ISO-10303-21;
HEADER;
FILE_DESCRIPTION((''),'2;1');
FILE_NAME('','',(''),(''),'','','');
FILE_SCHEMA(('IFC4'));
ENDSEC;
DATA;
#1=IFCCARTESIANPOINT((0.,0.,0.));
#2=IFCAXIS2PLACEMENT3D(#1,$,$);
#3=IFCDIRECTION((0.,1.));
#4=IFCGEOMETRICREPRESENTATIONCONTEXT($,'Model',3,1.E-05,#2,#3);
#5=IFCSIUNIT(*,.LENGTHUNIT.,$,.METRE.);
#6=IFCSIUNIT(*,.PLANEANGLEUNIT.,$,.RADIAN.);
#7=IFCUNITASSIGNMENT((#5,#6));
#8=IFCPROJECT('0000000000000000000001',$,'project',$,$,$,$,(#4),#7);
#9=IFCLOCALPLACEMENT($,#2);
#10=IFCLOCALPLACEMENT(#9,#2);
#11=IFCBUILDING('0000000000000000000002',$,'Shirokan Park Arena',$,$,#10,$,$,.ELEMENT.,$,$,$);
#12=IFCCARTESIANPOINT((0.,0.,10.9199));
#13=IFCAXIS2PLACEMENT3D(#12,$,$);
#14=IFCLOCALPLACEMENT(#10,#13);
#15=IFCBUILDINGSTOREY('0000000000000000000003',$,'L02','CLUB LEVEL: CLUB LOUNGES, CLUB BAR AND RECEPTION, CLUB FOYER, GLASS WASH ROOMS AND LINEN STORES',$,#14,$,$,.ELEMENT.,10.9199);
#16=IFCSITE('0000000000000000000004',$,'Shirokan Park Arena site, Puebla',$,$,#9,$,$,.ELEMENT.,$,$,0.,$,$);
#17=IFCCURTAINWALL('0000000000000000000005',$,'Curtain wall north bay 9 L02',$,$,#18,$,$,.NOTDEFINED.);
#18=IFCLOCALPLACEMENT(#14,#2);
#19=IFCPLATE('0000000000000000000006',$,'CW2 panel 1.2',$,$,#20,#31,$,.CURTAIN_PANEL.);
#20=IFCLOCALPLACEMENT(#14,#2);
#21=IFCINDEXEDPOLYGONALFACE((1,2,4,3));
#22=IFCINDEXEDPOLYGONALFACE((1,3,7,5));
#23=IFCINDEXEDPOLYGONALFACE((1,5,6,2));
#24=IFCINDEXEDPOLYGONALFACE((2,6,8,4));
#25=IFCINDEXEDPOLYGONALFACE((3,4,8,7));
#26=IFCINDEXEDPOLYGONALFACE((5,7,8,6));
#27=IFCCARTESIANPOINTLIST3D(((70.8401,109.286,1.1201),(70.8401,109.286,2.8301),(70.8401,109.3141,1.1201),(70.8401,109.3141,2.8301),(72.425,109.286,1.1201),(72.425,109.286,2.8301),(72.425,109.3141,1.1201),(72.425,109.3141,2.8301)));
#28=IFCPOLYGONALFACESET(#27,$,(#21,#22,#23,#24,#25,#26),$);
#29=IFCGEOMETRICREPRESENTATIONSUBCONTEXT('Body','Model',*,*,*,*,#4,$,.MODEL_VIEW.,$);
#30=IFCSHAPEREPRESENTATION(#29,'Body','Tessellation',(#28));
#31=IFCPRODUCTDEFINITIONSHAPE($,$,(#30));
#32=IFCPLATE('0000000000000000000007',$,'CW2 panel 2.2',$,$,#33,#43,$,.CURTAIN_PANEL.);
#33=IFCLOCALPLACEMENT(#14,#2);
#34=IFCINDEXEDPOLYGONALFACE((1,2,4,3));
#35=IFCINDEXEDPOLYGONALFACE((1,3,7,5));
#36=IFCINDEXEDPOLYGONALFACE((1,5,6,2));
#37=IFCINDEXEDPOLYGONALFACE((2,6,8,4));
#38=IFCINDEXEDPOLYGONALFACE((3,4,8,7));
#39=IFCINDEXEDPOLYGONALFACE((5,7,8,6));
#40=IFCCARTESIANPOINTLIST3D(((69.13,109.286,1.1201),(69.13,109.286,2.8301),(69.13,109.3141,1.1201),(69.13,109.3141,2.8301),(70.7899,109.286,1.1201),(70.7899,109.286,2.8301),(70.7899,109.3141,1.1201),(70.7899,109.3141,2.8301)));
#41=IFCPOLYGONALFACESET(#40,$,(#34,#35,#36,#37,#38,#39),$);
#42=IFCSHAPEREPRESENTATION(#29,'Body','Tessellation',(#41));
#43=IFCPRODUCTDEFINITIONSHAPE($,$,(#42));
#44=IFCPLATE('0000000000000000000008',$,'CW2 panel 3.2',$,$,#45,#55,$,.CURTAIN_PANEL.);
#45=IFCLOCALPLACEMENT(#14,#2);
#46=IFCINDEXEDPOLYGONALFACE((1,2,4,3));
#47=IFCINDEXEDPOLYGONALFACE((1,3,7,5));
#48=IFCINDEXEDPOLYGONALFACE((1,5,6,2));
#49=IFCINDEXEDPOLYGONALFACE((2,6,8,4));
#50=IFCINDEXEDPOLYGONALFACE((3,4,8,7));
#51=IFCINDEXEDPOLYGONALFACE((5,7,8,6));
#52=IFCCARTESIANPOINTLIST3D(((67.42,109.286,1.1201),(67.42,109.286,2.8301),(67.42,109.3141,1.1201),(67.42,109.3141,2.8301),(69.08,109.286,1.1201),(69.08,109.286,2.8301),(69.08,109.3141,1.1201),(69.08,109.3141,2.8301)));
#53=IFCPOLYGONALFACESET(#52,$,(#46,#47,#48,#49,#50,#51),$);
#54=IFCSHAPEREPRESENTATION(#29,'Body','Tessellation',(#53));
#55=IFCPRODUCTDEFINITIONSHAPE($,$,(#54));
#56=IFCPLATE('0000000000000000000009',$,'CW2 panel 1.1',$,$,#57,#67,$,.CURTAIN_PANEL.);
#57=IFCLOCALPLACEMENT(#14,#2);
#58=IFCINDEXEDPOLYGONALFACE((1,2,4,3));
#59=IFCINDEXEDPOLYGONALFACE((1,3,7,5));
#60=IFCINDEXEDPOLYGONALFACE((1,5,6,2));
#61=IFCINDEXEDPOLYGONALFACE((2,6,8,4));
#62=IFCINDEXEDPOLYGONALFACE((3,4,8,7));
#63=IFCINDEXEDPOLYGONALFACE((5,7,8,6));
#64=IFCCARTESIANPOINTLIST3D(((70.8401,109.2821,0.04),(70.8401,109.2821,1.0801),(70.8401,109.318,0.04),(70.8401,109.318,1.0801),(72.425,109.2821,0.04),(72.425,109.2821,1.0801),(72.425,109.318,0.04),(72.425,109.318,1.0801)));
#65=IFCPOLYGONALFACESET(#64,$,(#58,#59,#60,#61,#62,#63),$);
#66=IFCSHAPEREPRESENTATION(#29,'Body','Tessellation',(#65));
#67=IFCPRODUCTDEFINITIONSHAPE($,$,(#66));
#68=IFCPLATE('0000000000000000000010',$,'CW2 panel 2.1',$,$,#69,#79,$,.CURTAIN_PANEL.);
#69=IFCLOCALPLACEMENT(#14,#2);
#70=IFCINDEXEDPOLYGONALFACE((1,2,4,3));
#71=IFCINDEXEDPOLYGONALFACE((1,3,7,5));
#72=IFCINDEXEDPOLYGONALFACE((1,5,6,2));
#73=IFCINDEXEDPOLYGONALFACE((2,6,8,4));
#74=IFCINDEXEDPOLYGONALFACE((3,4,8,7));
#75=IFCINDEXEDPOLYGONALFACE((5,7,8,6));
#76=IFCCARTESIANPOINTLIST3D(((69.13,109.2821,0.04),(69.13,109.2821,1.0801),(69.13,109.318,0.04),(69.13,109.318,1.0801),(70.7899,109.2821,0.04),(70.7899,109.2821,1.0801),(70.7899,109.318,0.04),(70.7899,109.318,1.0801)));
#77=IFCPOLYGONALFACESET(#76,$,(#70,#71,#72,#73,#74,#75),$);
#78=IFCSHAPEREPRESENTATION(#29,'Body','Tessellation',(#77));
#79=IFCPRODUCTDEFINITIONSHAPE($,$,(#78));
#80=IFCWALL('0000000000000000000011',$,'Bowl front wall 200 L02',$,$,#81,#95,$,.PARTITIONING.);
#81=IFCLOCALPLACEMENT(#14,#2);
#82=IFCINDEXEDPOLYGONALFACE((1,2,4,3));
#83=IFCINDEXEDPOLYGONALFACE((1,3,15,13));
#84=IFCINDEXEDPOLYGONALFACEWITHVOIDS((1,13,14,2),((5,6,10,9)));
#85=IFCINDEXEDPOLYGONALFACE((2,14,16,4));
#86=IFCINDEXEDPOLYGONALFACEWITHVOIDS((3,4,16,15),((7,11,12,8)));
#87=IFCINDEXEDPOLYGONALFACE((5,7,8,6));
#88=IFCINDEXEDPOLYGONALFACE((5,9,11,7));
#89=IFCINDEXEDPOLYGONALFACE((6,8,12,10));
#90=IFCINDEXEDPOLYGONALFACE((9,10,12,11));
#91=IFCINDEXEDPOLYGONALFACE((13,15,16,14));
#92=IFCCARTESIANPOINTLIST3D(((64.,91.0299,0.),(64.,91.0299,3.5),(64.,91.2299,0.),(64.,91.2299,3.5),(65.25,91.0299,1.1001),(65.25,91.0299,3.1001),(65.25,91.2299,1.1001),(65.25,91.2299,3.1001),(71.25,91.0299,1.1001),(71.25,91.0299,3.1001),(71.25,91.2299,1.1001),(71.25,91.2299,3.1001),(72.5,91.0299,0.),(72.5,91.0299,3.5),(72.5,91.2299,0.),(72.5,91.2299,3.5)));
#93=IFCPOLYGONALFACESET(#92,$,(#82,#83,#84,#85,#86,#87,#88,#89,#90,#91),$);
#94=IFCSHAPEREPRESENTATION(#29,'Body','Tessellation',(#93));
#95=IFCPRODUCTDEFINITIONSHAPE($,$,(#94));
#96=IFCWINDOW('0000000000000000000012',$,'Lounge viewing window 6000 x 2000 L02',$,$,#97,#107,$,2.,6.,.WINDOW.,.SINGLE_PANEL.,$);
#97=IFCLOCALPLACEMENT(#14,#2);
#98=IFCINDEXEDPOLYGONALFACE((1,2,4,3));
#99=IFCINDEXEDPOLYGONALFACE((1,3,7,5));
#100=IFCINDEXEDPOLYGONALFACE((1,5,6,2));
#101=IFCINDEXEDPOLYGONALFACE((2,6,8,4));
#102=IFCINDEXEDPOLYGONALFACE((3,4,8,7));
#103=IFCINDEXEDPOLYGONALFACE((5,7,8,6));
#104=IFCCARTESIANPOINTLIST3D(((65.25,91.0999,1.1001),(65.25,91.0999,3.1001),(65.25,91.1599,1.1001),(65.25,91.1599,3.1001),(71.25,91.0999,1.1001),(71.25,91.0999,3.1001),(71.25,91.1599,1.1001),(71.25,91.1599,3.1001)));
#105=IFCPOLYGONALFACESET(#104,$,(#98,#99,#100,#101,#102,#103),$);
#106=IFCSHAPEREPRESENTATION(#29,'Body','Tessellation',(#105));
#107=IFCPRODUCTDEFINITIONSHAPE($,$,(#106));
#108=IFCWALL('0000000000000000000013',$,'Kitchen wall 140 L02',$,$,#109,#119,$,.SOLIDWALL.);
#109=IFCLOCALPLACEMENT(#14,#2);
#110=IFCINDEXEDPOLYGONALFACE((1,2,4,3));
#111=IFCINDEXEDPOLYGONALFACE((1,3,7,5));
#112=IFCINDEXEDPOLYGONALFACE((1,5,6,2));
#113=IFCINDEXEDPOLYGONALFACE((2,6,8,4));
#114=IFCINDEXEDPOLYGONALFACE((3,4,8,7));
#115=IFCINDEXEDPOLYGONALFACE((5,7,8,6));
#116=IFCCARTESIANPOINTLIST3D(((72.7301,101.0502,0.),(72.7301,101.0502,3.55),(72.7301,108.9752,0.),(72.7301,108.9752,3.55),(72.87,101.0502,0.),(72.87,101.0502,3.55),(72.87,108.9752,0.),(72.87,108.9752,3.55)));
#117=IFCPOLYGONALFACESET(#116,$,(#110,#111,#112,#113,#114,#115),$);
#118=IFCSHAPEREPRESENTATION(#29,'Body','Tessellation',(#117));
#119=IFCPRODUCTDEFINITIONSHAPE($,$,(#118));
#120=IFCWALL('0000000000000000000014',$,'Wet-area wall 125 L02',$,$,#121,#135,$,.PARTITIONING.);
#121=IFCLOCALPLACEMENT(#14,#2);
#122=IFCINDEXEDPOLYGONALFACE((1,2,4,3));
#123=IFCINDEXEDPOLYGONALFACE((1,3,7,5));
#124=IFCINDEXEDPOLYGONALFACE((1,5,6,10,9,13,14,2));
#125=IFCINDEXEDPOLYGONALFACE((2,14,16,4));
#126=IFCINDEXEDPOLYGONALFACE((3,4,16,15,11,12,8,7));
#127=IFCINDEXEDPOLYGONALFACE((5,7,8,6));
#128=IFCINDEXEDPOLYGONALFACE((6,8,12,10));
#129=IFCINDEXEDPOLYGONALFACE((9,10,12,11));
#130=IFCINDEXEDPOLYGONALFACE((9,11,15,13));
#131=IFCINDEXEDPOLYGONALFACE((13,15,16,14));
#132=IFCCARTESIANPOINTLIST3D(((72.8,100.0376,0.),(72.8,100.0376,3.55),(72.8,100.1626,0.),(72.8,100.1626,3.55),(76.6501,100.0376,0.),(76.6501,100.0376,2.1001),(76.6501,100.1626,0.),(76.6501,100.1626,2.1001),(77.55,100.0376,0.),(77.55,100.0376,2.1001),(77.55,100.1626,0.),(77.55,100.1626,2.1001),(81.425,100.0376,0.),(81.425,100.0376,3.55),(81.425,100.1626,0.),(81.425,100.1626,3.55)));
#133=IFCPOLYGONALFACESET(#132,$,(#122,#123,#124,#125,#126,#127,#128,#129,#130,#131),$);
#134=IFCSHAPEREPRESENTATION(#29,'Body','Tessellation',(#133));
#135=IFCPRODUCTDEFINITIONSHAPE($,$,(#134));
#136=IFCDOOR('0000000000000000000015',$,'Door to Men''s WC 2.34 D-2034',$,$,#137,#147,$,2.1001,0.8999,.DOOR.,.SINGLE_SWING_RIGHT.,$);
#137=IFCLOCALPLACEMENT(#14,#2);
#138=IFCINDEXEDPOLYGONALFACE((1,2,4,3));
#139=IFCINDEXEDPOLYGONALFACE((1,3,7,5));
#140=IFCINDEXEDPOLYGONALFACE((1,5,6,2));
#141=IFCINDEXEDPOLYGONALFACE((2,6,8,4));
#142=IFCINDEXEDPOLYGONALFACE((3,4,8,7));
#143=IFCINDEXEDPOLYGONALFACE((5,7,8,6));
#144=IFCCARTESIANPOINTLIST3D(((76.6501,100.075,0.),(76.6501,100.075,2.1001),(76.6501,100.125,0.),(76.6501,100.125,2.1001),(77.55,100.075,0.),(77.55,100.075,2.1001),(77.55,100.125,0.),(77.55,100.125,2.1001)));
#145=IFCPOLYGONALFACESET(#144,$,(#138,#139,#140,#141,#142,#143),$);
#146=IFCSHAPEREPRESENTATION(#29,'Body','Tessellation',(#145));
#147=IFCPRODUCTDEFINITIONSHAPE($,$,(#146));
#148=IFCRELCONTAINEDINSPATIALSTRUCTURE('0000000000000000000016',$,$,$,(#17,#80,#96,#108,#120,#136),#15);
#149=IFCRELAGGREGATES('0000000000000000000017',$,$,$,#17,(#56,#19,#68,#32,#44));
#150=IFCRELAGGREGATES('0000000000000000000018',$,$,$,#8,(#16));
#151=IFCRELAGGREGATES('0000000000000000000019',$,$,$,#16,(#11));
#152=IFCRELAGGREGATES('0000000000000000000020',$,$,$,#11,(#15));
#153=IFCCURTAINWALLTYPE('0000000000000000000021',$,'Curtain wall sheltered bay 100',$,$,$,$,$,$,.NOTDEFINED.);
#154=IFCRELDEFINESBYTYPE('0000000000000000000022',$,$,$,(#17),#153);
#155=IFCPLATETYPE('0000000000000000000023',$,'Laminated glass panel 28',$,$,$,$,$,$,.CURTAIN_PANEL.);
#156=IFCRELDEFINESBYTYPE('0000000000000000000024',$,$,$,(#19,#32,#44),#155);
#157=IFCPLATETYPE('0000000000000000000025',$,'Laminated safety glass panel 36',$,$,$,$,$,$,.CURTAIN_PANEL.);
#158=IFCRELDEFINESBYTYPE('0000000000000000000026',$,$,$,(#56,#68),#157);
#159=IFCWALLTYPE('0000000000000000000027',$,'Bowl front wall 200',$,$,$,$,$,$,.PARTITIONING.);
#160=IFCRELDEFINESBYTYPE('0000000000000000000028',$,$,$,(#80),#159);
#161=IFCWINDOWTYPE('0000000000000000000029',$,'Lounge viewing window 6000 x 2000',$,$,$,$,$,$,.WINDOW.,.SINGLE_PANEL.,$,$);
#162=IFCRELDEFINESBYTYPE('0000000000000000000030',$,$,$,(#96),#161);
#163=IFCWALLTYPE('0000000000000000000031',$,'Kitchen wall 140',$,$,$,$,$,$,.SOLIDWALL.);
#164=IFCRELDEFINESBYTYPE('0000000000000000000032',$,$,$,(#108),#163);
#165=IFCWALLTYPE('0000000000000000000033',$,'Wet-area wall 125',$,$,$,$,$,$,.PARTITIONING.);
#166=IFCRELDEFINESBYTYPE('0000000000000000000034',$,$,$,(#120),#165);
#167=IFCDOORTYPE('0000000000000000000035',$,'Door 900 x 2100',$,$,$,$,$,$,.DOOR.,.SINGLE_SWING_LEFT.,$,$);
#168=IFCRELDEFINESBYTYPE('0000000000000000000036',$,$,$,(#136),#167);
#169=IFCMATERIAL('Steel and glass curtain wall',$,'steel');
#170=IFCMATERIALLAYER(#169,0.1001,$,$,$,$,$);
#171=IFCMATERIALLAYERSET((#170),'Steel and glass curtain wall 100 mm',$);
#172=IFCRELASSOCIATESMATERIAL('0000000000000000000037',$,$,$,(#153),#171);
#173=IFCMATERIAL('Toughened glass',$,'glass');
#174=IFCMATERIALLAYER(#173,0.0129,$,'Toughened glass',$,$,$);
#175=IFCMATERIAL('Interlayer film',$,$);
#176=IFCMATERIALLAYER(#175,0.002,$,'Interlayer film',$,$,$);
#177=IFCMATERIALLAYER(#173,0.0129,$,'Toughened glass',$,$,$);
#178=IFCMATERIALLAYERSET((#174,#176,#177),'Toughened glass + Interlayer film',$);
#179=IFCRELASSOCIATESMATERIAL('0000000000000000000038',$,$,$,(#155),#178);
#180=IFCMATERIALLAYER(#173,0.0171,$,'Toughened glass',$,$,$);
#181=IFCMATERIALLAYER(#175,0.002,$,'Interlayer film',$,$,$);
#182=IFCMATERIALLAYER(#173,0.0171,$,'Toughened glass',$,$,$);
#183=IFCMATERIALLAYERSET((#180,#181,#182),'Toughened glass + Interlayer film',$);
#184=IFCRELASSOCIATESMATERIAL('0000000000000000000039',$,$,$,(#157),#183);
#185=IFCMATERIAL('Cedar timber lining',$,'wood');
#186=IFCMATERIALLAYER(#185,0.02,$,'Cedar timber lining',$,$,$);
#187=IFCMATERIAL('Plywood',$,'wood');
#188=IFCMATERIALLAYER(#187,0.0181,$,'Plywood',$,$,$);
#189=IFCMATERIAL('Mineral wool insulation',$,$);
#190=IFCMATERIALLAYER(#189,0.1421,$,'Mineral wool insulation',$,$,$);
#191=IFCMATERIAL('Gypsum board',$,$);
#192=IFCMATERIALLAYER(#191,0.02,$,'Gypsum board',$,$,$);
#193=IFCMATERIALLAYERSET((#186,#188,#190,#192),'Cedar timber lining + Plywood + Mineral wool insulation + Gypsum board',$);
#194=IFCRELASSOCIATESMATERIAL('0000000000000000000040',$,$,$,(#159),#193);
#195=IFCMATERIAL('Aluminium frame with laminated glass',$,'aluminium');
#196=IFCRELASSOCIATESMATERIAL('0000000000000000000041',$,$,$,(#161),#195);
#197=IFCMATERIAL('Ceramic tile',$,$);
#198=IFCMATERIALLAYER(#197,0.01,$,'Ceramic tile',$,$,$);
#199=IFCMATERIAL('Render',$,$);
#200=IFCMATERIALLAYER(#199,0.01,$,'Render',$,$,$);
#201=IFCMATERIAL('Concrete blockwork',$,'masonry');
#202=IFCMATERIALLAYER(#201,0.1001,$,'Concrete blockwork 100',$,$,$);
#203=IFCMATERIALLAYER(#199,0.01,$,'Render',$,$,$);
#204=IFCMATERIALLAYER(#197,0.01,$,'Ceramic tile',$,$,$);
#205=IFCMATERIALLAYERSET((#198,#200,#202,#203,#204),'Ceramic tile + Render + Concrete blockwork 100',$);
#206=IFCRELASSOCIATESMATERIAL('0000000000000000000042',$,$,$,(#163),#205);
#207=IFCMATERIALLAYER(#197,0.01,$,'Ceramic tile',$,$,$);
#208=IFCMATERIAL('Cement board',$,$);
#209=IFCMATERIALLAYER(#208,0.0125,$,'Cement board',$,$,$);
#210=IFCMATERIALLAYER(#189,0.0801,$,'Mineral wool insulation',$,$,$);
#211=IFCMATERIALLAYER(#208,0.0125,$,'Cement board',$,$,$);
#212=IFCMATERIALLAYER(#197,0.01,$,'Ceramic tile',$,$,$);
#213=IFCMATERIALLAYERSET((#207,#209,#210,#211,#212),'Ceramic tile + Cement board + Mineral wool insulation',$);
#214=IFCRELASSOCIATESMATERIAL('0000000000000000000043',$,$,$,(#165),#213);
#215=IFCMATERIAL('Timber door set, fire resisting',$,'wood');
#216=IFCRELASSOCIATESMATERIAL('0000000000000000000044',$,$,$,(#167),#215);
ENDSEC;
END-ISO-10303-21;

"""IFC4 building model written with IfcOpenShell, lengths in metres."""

from ifc_helpers import new_model, si_unit, direction, frame, frame_2d, origin, origin_2d, place, context, subcontext, project, spatial, rectangle, extrude, material, layer, layer_set, type_object, element, fill, aggregate, save


model = new_model("IFC4")

# Units and contexts
model_context = context("Model", 3, precision=1e-05, world=origin(), true_north=direction((0.0, 1.0)))
body_context = subcontext(model_context, "Body", "Model", "MODEL_VIEW")
ifc_project = project(units=[si_unit("LENGTHUNIT", "METRE"), si_unit("PLANEANGLEUNIT", "RADIAN")], contexts=[model_context])

# Site, building, storey
site_placement = place(None, origin())
site = spatial("IfcSite", under=ifc_project, at=site_placement, Name="Shirokan Park Arena site, Puebla", CompositionType="ELEMENT", RefElevation=0.0)
building_placement = place(site_placement, origin())
building = spatial("IfcBuilding", under=site, at=building_placement, Name="Shirokan Park Arena", CompositionType="ELEMENT")
storey_placement = place(building_placement, frame((0.0, 0.0, 10.9199)))
storey = spatial("IfcBuildingStorey", under=building, at=storey_placement, Name="L02", Description="CLUB LEVEL: CLUB LOUNGES, CLUB BAR AND RECEPTION, CLUB FOYER, GLASS WASH ROOMS AND LINEN STORES", CompositionType="ELEMENT", Elevation=10.9199)

# Curtain wall
ifc_material_1 = material(Name="Steel and glass curtain wall", Category="steel")
ifc_layer_1 = layer(ifc_material_1, 0.1001)
ifc_layer_set_1 = layer_set([ifc_layer_1], Name="Steel and glass curtain wall 100 mm")
curtain_wall_type = type_object("IfcCurtainWallType", Name="Curtain wall sheltered bay 100", PredefinedType="NOTDEFINED", material=ifc_layer_set_1)
curtain_wall_placement = place(storey_placement, origin())
curtain_wall = element("IfcCurtainWall", 1, at=curtain_wall_placement, inside=storey, type_object=curtain_wall_type, Name="Curtain wall north bay 9 L02", PredefinedType="NOTDEFINED")

# Plates
ifc_material_2 = material(Name="Mineral wool insulation")
ifc_material_3 = material(Name="Toughened glass", Category="glass")
ifc_layer_2 = layer(ifc_material_3, 0.0129, Name="Toughened glass")
ifc_material_4 = material(Name="Interlayer film")
ifc_layer_3 = layer(ifc_material_4, 0.002, Name="Interlayer film")
ifc_layer_4 = layer(ifc_material_3, 0.0129, Name="Toughened glass")
ifc_layer_set_2 = layer_set([ifc_layer_2, ifc_layer_3, ifc_layer_4], Name="Toughened glass + Interlayer film")
plate_type_1 = type_object("IfcPlateType", Name="Laminated glass panel 28", PredefinedType="CURTAIN_PANEL", material=ifc_layer_set_2)
plate_1_placement = place(storey_placement, frame((71.6326, 109.3, 1.1201), z_axis=(0.0, 0.0, 1.0), x_axis=(-1.0, 0.0, 0.0)))
plate_1 = element("IfcPlate", 2, at=plate_1_placement, type_object=plate_type_1, Name="CW2 panel 1.2", PredefinedType="CURTAIN_PANEL", context=body_context, shape_type="SweptSolid", body=[
    extrude(rectangle(XDim=1.585, YDim=0.0281, at=origin_2d()), origin(), (0.0, 0.0, 1.0), 1.71),
])
plate_2_placement = place(storey_placement, frame((69.96, 109.3, 1.1201), z_axis=(0.0, 0.0, 1.0), x_axis=(-1.0, 0.0, 0.0)))
plate_2 = element("IfcPlate", 3, at=plate_2_placement, type_object=plate_type_1, Name="CW2 panel 2.2", PredefinedType="CURTAIN_PANEL", context=body_context, shape_type="SweptSolid", body=[
    extrude(rectangle(XDim=1.6599, YDim=0.0281, at=origin_2d()), origin(), (0.0, 0.0, 1.0), 1.71),
])
plate_3_placement = place(storey_placement, frame((68.25, 109.3, 1.1201), z_axis=(0.0, 0.0, 1.0), x_axis=(-1.0, 0.0, 0.0)))
plate_3 = element("IfcPlate", 4, at=plate_3_placement, type_object=plate_type_1, Name="CW2 panel 3.2", PredefinedType="CURTAIN_PANEL", context=body_context, shape_type="SweptSolid", body=[
    extrude(rectangle(XDim=1.6599, YDim=0.0281, at=origin_2d()), origin(), (0.0, 0.0, 1.0), 1.71),
])
ifc_layer_5 = layer(ifc_material_3, 0.0171, Name="Toughened glass")
ifc_layer_6 = layer(ifc_material_4, 0.002, Name="Interlayer film")
ifc_layer_7 = layer(ifc_material_3, 0.0171, Name="Toughened glass")
ifc_layer_set_3 = layer_set([ifc_layer_5, ifc_layer_6, ifc_layer_7], Name="Toughened glass + Interlayer film")
plate_type_2 = type_object("IfcPlateType", Name="Laminated safety glass panel 36", PredefinedType="CURTAIN_PANEL", material=ifc_layer_set_3)
plate_4_placement = place(storey_placement, frame((71.6326, 109.3, 0.04), z_axis=(0.0, 0.0, 1.0), x_axis=(-1.0, 0.0, 0.0)))
plate_4 = element("IfcPlate", 5, at=plate_4_placement, type_object=plate_type_2, Name="CW2 panel 1.1", PredefinedType="CURTAIN_PANEL", context=body_context, shape_type="SweptSolid", body=[
    extrude(rectangle(XDim=1.585, YDim=0.0359, at=origin_2d()), origin(), (0.0, 0.0, 1.0), 1.04),
])
plate_5_placement = place(storey_placement, frame((69.96, 109.3, 0.04), z_axis=(0.0, 0.0, 1.0), x_axis=(-1.0, 0.0, 0.0)))
plate_5 = element("IfcPlate", 6, at=plate_5_placement, type_object=plate_type_2, Name="CW2 panel 2.1", PredefinedType="CURTAIN_PANEL", context=body_context, shape_type="SweptSolid", body=[
    extrude(rectangle(XDim=1.6599, YDim=0.0359, at=origin_2d()), origin(), (0.0, 0.0, 1.0), 1.04),
])
aggregate(curtain_wall, [plate_4, plate_1, plate_5, plate_2, plate_3])

# Wall, opening, window
ifc_material_5 = material(Name="Cedar timber lining", Category="wood")
ifc_layer_8 = layer(ifc_material_5, 0.02, Name="Cedar timber lining")
ifc_material_6 = material(Name="Plywood", Category="wood")
ifc_layer_9 = layer(ifc_material_6, 0.0181, Name="Plywood")
ifc_layer_10 = layer(ifc_material_2, 0.1421, Name="Mineral wool insulation")
ifc_material_7 = material(Name="Gypsum board")
ifc_layer_11 = layer(ifc_material_7, 0.02, Name="Gypsum board")
ifc_layer_set_4 = layer_set([ifc_layer_8, ifc_layer_9, ifc_layer_10, ifc_layer_11], Name="Cedar timber lining + Plywood + Mineral wool insulation + Gypsum board")
wall_type_1 = type_object("IfcWallType", Name="Bowl front wall 200", PredefinedType="PARTITIONING", material=ifc_layer_set_4)
wall_1_placement = place(storey_placement, frame((72.5, 91.1299, 0.0), z_axis=(0.0, 0.0, 1.0), x_axis=(-1.0, 0.0, 0.0)))
wall_1 = element("IfcWall", 7, at=wall_1_placement, inside=storey, type_object=wall_type_1, Name="Bowl front wall 200 L02", PredefinedType="PARTITIONING", context=body_context, shape_type="SweptSolid", body=[
    extrude(rectangle(XDim=8.5, YDim=0.2, at=frame_2d((4.25, 0.0))), origin(), (0.0, 0.0, 1.0), 3.5),
])
opening_1_placement = place(wall_1_placement, frame((1.25, 0.0, 1.1001)))
opening_1 = element("IfcOpeningElement", 8, at=opening_1_placement, cuts=wall_1, PredefinedType="OPENING", context=body_context, shape_type="SweptSolid", body=[
    extrude(rectangle(XDim=6.0, YDim=2.0, at=frame_2d((3.0, 1.0))), frame((0.0, 0.1099, 0.0), z_axis=(0.0, -1.0, 0.0), x_axis=(1.0, 0.0, 0.0)), (0.0, 0.0, 1.0), 0.22),
])
ifc_material_8 = material(Name="Aluminium frame with laminated glass", Category="aluminium")
window_type = type_object("IfcWindowType", Name="Lounge viewing window 6000 x 2000", PartitioningType="SINGLE_PANEL", PredefinedType="WINDOW", material=ifc_material_8)
window_placement = place(opening_1_placement, origin())
window = element("IfcWindow", 9, at=window_placement, inside=storey, type_object=window_type, Name="Lounge viewing window 6000 x 2000 L02", OverallHeight=2.0, OverallWidth=6.0, PartitioningType="SINGLE_PANEL", PredefinedType="WINDOW", context=body_context, shape_type="SweptSolid", body=[
    extrude(rectangle(XDim=6.0, YDim=2.0, at=frame_2d((3.0, 1.0))), frame((0.0, 0.03, 0.0), z_axis=(0.0, -1.0, 0.0), x_axis=(1.0, 0.0, 0.0)), (0.0, 0.0, 1.0), 0.0601),
])
fill(opening_1, window)

# Wall
ifc_material_9 = material(Name="Ceramic tile")
ifc_layer_12 = layer(ifc_material_9, 0.01, Name="Ceramic tile")
ifc_material_10 = material(Name="Render")
ifc_layer_13 = layer(ifc_material_10, 0.01, Name="Render")
ifc_material_11 = material(Name="Concrete blockwork", Category="masonry")
ifc_layer_14 = layer(ifc_material_11, 0.1001, Name="Concrete blockwork 100")
ifc_layer_15 = layer(ifc_material_10, 0.01, Name="Render")
ifc_layer_16 = layer(ifc_material_9, 0.01, Name="Ceramic tile")
ifc_layer_set_5 = layer_set([ifc_layer_12, ifc_layer_13, ifc_layer_14, ifc_layer_15, ifc_layer_16], Name="Ceramic tile + Render + Concrete blockwork 100")
wall_type_2 = type_object("IfcWallType", Name="Kitchen wall 140", PredefinedType="SOLIDWALL", material=ifc_layer_set_5)
wall_2_placement = place(storey_placement, frame((72.8, 108.9751, 0.0), z_axis=(0.0, 0.0, 1.0), x_axis=(0.0, -1.0, 0.0)))
element("IfcWall", 10, at=wall_2_placement, inside=storey, type_object=wall_type_2, Name="Kitchen wall 140 L02", PredefinedType="SOLIDWALL", context=body_context, shape_type="SweptSolid", body=[
    extrude(rectangle(XDim=7.925, YDim=0.1399, at=frame_2d((3.9624, 0.0))), origin(), (0.0, 0.0, 1.0), 3.55),
])

# Wall, opening, door
ifc_layer_17 = layer(ifc_material_9, 0.01, Name="Ceramic tile")
ifc_material_12 = material(Name="Cement board")
ifc_layer_18 = layer(ifc_material_12, 0.0125, Name="Cement board")
ifc_layer_19 = layer(ifc_material_2, 0.0801, Name="Mineral wool insulation")
ifc_layer_20 = layer(ifc_material_12, 0.0125, Name="Cement board")
ifc_layer_21 = layer(ifc_material_9, 0.01, Name="Ceramic tile")
ifc_layer_set_6 = layer_set([ifc_layer_17, ifc_layer_18, ifc_layer_19, ifc_layer_20, ifc_layer_21], Name="Ceramic tile + Cement board + Mineral wool insulation")
wall_type_3 = type_object("IfcWallType", Name="Wet-area wall 125", PredefinedType="PARTITIONING", material=ifc_layer_set_6)
wall_3_placement = place(storey_placement, frame((72.8, 100.1001, 0.0), z_axis=(0.0, 0.0, 1.0), x_axis=(1.0, 0.0, 0.0)))
wall_3 = element("IfcWall", 11, at=wall_3_placement, inside=storey, type_object=wall_type_3, Name="Wet-area wall 125 L02", PredefinedType="PARTITIONING", context=body_context, shape_type="SweptSolid", body=[
    extrude(rectangle(XDim=8.625, YDim=0.125, at=frame_2d((4.3125, 0.0))), origin(), (0.0, 0.0, 1.0), 3.55),
])
opening_2_placement = place(wall_3_placement, frame((3.8501, 0.0, 0.0)))
opening_2 = element("IfcOpeningElement", 12, at=opening_2_placement, cuts=wall_3, PredefinedType="OPENING", context=body_context, shape_type="SweptSolid", body=[
    extrude(rectangle(XDim=0.8999, YDim=2.1001, at=frame_2d((0.45, 1.05))), frame((0.0, 0.0725, 0.0), z_axis=(0.0, -1.0, 0.0), x_axis=(1.0, 0.0, 0.0)), (0.0, 0.0, 1.0), 0.145),
])
ifc_material_13 = material(Name="Timber door set, fire resisting", Category="wood")
door_type = type_object("IfcDoorType", Name="Door 900 x 2100", OperationType="SINGLE_SWING_LEFT", PredefinedType="DOOR", material=ifc_material_13)
door_placement = place(opening_2_placement, origin())
door = element("IfcDoor", 13, at=door_placement, inside=storey, type_object=door_type, Name="Door to Men's WC 2.34 D-2034", OperationType="SINGLE_SWING_RIGHT", OverallHeight=2.1001, OverallWidth=0.8999, PredefinedType="DOOR", context=body_context, shape_type="SweptSolid", body=[
    extrude(rectangle(XDim=0.8999, YDim=2.1001, at=frame_2d((0.45, 1.05))), frame((0.0, 0.0249, 0.0), z_axis=(0.0, -1.0, 0.0), x_axis=(1.0, 0.0, 0.0)), (0.0, 0.0, 1.0), 0.05),
])
fill(opening_2, door)

save(model, "model.ifc")
